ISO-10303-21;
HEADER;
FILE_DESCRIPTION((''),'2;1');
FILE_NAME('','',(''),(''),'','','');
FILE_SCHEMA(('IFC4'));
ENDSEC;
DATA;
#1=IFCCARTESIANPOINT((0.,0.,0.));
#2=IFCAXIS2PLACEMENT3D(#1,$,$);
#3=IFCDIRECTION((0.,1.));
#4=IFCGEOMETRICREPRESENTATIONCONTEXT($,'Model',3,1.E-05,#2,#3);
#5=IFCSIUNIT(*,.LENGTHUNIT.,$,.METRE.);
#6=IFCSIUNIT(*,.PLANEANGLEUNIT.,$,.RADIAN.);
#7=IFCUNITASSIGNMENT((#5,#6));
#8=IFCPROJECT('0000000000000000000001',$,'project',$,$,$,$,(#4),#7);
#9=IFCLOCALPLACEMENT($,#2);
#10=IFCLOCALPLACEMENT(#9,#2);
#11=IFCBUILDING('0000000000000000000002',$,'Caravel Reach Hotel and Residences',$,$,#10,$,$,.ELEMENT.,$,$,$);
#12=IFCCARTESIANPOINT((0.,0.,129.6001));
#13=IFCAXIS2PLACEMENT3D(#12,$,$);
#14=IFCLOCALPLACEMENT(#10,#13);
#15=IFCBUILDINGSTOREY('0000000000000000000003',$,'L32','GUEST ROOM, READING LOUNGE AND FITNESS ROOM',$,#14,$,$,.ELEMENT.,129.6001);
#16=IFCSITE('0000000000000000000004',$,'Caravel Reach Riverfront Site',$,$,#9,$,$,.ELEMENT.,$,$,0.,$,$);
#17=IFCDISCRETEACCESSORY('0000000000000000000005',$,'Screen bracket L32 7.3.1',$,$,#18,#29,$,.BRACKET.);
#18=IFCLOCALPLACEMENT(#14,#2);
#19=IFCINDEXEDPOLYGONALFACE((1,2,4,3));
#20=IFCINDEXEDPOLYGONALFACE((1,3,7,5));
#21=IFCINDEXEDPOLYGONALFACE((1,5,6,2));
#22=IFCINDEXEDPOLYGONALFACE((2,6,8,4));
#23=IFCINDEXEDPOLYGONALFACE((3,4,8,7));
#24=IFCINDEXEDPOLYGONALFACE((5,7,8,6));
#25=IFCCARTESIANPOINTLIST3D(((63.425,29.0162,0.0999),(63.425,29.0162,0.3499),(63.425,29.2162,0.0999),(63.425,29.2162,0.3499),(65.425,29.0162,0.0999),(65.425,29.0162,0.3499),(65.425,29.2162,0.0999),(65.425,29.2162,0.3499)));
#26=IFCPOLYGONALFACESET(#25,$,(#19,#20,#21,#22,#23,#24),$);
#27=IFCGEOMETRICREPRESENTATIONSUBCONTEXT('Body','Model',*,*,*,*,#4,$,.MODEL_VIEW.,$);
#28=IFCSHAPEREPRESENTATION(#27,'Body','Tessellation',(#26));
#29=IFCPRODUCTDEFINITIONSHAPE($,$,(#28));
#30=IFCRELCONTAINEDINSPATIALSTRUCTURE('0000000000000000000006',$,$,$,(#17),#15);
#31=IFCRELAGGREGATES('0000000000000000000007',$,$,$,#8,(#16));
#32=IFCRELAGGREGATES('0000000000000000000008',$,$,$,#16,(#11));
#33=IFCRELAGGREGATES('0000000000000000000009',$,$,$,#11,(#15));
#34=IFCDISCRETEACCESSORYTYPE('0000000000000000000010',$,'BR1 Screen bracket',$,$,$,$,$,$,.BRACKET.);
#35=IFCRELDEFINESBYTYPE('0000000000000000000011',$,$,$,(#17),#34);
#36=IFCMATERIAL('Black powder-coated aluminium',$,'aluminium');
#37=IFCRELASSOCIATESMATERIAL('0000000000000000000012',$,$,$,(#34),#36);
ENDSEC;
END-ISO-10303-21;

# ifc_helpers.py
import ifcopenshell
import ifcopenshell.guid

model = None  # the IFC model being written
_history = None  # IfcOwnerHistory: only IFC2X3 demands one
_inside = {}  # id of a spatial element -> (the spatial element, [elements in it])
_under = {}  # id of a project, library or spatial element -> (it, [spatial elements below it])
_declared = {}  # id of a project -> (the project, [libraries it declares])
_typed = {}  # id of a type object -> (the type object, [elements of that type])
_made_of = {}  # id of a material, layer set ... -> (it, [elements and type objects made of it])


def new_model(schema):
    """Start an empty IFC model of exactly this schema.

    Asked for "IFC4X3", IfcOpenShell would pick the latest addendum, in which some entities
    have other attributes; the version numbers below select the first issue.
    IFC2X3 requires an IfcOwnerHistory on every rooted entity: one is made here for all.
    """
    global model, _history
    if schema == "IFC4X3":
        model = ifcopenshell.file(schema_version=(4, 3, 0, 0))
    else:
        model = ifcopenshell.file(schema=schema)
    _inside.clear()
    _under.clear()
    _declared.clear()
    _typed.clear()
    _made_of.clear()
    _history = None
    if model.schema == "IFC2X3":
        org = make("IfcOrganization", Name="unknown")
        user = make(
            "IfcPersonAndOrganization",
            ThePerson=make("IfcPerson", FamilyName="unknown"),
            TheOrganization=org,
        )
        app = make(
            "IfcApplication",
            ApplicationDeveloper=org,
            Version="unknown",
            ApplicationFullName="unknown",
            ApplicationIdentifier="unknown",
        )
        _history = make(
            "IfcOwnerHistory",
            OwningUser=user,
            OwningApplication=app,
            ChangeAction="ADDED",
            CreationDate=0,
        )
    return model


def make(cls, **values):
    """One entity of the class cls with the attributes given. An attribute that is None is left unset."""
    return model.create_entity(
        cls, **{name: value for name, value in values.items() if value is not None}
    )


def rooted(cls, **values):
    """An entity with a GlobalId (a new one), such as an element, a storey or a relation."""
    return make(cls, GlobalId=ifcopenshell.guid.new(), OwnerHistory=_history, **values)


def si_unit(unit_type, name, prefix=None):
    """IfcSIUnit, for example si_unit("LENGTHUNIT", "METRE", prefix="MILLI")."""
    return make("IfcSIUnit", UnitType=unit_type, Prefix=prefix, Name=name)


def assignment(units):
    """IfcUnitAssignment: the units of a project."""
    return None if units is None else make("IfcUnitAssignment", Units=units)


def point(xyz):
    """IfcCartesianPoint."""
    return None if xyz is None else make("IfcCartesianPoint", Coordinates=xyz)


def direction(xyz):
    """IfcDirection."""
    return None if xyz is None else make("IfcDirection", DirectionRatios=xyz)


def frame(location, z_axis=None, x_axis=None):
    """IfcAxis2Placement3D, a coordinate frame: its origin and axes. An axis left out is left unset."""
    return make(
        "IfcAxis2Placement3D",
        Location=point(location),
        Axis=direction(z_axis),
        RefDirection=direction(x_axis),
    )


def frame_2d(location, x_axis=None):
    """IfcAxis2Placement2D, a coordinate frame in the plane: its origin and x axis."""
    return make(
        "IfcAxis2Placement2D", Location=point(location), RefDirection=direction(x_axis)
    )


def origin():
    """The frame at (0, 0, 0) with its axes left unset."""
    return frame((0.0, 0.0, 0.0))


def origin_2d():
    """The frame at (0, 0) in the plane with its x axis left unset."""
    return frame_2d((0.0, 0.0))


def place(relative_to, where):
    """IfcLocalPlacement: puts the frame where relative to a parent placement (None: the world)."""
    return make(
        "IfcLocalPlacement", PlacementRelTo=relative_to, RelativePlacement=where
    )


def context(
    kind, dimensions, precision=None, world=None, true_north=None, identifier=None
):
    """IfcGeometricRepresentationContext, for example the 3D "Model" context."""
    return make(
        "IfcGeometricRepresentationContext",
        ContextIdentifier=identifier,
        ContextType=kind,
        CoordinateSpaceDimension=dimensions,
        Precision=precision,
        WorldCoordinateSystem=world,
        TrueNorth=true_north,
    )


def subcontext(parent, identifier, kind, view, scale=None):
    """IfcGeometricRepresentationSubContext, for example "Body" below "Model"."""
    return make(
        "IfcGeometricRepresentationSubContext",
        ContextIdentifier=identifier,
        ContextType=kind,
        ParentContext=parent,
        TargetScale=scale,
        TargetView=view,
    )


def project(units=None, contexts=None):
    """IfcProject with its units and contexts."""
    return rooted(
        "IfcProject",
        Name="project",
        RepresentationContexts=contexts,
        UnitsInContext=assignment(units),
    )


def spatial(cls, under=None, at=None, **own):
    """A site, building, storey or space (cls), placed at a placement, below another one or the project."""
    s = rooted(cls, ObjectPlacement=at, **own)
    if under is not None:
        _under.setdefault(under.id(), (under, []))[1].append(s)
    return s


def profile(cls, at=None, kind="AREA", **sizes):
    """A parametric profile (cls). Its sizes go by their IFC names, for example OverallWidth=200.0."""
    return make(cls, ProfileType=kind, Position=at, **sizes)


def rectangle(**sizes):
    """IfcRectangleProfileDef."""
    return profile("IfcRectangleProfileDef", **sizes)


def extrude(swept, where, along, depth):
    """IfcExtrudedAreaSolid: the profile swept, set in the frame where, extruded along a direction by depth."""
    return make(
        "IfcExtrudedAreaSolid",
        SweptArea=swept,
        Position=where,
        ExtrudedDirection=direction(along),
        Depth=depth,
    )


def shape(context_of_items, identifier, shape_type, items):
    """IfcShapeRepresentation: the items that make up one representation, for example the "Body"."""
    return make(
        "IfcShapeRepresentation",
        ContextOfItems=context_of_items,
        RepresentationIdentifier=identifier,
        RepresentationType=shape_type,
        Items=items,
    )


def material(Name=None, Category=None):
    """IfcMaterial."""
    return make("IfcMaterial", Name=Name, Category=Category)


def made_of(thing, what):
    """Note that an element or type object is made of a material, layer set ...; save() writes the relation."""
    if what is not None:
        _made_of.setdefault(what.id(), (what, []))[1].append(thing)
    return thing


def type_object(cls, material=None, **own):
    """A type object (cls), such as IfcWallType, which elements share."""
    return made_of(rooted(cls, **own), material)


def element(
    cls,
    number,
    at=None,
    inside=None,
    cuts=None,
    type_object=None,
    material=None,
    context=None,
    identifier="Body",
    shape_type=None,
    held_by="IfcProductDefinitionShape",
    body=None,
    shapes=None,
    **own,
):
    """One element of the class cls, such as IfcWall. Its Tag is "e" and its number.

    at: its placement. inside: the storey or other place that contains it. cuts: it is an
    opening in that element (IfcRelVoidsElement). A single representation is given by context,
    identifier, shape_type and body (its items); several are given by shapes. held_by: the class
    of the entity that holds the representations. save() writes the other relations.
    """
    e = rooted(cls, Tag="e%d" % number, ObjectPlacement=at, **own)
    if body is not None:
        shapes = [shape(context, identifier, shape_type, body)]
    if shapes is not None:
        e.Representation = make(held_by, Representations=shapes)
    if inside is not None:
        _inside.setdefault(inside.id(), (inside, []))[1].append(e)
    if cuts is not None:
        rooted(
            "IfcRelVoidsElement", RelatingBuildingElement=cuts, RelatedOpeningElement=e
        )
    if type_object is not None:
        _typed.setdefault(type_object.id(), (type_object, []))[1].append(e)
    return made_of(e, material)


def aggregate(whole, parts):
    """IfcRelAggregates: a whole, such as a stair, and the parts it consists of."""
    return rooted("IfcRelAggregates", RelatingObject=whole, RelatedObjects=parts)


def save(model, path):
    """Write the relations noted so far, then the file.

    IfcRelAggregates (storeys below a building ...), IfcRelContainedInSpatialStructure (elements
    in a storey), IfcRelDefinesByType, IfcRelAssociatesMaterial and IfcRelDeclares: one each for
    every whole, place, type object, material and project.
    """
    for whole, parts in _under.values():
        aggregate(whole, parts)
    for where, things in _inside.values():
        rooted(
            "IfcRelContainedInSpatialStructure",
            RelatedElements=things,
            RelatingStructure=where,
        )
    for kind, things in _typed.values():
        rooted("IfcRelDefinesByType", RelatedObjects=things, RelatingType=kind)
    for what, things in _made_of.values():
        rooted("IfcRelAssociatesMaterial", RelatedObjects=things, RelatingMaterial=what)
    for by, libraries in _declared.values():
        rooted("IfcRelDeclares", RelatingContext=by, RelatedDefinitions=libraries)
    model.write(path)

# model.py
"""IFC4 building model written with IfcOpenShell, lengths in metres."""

from ifc_helpers import new_model, si_unit, direction, frame, origin, origin_2d, place, context, subcontext, project, spatial, rectangle, extrude, material, type_object, element, save


model = new_model("IFC4")

# Units and contexts
model_context = context("Model", 3, precision=1e-05, world=origin(), true_north=direction((0.0, 1.0)))
body_context = subcontext(model_context, "Body", "Model", "MODEL_VIEW")
ifc_project = project(units=[si_unit("LENGTHUNIT", "METRE"), si_unit("PLANEANGLEUNIT", "RADIAN")], contexts=[model_context])

# Site, building, storey
site_placement = place(None, origin())
site = spatial("IfcSite", under=ifc_project, at=site_placement, Name="Caravel Reach Riverfront Site", CompositionType="ELEMENT", RefElevation=0.0)
building_placement = place(site_placement, origin())
building = spatial("IfcBuilding", under=site, at=building_placement, Name="Caravel Reach Hotel and Residences", CompositionType="ELEMENT")
storey_placement = place(building_placement, frame((0.0, 0.0, 129.6001)))
storey = spatial("IfcBuildingStorey", under=building, at=storey_placement, Name="L32", Description="GUEST ROOM, READING LOUNGE AND FITNESS ROOM", CompositionType="ELEMENT", Elevation=129.6001)

# Discrete accessory
ifc_material_1 = material(Name="Black powder-coated aluminium", Category="aluminium")
discrete_accessory_type = type_object("IfcDiscreteAccessoryType", Name="BR1 Screen bracket", PredefinedType="BRACKET", material=ifc_material_1)
discrete_accessory_placement = place(storey_placement, frame((64.425, 29.1162, 0.0999), z_axis=(0.0, 0.0, 1.0), x_axis=(1.0, 0.0, 0.0)))
element("IfcDiscreteAccessory", 1, at=discrete_accessory_placement, inside=storey, type_object=discrete_accessory_type, Name="Screen bracket L32 7.3.1", PredefinedType="BRACKET", context=body_context, shape_type="SweptSolid", body=[
    extrude(rectangle(XDim=2.0, YDim=0.2, at=origin_2d()), origin(), (0.0, 0.0, 1.0), 0.25),
])

save(model, "model.ifc")
